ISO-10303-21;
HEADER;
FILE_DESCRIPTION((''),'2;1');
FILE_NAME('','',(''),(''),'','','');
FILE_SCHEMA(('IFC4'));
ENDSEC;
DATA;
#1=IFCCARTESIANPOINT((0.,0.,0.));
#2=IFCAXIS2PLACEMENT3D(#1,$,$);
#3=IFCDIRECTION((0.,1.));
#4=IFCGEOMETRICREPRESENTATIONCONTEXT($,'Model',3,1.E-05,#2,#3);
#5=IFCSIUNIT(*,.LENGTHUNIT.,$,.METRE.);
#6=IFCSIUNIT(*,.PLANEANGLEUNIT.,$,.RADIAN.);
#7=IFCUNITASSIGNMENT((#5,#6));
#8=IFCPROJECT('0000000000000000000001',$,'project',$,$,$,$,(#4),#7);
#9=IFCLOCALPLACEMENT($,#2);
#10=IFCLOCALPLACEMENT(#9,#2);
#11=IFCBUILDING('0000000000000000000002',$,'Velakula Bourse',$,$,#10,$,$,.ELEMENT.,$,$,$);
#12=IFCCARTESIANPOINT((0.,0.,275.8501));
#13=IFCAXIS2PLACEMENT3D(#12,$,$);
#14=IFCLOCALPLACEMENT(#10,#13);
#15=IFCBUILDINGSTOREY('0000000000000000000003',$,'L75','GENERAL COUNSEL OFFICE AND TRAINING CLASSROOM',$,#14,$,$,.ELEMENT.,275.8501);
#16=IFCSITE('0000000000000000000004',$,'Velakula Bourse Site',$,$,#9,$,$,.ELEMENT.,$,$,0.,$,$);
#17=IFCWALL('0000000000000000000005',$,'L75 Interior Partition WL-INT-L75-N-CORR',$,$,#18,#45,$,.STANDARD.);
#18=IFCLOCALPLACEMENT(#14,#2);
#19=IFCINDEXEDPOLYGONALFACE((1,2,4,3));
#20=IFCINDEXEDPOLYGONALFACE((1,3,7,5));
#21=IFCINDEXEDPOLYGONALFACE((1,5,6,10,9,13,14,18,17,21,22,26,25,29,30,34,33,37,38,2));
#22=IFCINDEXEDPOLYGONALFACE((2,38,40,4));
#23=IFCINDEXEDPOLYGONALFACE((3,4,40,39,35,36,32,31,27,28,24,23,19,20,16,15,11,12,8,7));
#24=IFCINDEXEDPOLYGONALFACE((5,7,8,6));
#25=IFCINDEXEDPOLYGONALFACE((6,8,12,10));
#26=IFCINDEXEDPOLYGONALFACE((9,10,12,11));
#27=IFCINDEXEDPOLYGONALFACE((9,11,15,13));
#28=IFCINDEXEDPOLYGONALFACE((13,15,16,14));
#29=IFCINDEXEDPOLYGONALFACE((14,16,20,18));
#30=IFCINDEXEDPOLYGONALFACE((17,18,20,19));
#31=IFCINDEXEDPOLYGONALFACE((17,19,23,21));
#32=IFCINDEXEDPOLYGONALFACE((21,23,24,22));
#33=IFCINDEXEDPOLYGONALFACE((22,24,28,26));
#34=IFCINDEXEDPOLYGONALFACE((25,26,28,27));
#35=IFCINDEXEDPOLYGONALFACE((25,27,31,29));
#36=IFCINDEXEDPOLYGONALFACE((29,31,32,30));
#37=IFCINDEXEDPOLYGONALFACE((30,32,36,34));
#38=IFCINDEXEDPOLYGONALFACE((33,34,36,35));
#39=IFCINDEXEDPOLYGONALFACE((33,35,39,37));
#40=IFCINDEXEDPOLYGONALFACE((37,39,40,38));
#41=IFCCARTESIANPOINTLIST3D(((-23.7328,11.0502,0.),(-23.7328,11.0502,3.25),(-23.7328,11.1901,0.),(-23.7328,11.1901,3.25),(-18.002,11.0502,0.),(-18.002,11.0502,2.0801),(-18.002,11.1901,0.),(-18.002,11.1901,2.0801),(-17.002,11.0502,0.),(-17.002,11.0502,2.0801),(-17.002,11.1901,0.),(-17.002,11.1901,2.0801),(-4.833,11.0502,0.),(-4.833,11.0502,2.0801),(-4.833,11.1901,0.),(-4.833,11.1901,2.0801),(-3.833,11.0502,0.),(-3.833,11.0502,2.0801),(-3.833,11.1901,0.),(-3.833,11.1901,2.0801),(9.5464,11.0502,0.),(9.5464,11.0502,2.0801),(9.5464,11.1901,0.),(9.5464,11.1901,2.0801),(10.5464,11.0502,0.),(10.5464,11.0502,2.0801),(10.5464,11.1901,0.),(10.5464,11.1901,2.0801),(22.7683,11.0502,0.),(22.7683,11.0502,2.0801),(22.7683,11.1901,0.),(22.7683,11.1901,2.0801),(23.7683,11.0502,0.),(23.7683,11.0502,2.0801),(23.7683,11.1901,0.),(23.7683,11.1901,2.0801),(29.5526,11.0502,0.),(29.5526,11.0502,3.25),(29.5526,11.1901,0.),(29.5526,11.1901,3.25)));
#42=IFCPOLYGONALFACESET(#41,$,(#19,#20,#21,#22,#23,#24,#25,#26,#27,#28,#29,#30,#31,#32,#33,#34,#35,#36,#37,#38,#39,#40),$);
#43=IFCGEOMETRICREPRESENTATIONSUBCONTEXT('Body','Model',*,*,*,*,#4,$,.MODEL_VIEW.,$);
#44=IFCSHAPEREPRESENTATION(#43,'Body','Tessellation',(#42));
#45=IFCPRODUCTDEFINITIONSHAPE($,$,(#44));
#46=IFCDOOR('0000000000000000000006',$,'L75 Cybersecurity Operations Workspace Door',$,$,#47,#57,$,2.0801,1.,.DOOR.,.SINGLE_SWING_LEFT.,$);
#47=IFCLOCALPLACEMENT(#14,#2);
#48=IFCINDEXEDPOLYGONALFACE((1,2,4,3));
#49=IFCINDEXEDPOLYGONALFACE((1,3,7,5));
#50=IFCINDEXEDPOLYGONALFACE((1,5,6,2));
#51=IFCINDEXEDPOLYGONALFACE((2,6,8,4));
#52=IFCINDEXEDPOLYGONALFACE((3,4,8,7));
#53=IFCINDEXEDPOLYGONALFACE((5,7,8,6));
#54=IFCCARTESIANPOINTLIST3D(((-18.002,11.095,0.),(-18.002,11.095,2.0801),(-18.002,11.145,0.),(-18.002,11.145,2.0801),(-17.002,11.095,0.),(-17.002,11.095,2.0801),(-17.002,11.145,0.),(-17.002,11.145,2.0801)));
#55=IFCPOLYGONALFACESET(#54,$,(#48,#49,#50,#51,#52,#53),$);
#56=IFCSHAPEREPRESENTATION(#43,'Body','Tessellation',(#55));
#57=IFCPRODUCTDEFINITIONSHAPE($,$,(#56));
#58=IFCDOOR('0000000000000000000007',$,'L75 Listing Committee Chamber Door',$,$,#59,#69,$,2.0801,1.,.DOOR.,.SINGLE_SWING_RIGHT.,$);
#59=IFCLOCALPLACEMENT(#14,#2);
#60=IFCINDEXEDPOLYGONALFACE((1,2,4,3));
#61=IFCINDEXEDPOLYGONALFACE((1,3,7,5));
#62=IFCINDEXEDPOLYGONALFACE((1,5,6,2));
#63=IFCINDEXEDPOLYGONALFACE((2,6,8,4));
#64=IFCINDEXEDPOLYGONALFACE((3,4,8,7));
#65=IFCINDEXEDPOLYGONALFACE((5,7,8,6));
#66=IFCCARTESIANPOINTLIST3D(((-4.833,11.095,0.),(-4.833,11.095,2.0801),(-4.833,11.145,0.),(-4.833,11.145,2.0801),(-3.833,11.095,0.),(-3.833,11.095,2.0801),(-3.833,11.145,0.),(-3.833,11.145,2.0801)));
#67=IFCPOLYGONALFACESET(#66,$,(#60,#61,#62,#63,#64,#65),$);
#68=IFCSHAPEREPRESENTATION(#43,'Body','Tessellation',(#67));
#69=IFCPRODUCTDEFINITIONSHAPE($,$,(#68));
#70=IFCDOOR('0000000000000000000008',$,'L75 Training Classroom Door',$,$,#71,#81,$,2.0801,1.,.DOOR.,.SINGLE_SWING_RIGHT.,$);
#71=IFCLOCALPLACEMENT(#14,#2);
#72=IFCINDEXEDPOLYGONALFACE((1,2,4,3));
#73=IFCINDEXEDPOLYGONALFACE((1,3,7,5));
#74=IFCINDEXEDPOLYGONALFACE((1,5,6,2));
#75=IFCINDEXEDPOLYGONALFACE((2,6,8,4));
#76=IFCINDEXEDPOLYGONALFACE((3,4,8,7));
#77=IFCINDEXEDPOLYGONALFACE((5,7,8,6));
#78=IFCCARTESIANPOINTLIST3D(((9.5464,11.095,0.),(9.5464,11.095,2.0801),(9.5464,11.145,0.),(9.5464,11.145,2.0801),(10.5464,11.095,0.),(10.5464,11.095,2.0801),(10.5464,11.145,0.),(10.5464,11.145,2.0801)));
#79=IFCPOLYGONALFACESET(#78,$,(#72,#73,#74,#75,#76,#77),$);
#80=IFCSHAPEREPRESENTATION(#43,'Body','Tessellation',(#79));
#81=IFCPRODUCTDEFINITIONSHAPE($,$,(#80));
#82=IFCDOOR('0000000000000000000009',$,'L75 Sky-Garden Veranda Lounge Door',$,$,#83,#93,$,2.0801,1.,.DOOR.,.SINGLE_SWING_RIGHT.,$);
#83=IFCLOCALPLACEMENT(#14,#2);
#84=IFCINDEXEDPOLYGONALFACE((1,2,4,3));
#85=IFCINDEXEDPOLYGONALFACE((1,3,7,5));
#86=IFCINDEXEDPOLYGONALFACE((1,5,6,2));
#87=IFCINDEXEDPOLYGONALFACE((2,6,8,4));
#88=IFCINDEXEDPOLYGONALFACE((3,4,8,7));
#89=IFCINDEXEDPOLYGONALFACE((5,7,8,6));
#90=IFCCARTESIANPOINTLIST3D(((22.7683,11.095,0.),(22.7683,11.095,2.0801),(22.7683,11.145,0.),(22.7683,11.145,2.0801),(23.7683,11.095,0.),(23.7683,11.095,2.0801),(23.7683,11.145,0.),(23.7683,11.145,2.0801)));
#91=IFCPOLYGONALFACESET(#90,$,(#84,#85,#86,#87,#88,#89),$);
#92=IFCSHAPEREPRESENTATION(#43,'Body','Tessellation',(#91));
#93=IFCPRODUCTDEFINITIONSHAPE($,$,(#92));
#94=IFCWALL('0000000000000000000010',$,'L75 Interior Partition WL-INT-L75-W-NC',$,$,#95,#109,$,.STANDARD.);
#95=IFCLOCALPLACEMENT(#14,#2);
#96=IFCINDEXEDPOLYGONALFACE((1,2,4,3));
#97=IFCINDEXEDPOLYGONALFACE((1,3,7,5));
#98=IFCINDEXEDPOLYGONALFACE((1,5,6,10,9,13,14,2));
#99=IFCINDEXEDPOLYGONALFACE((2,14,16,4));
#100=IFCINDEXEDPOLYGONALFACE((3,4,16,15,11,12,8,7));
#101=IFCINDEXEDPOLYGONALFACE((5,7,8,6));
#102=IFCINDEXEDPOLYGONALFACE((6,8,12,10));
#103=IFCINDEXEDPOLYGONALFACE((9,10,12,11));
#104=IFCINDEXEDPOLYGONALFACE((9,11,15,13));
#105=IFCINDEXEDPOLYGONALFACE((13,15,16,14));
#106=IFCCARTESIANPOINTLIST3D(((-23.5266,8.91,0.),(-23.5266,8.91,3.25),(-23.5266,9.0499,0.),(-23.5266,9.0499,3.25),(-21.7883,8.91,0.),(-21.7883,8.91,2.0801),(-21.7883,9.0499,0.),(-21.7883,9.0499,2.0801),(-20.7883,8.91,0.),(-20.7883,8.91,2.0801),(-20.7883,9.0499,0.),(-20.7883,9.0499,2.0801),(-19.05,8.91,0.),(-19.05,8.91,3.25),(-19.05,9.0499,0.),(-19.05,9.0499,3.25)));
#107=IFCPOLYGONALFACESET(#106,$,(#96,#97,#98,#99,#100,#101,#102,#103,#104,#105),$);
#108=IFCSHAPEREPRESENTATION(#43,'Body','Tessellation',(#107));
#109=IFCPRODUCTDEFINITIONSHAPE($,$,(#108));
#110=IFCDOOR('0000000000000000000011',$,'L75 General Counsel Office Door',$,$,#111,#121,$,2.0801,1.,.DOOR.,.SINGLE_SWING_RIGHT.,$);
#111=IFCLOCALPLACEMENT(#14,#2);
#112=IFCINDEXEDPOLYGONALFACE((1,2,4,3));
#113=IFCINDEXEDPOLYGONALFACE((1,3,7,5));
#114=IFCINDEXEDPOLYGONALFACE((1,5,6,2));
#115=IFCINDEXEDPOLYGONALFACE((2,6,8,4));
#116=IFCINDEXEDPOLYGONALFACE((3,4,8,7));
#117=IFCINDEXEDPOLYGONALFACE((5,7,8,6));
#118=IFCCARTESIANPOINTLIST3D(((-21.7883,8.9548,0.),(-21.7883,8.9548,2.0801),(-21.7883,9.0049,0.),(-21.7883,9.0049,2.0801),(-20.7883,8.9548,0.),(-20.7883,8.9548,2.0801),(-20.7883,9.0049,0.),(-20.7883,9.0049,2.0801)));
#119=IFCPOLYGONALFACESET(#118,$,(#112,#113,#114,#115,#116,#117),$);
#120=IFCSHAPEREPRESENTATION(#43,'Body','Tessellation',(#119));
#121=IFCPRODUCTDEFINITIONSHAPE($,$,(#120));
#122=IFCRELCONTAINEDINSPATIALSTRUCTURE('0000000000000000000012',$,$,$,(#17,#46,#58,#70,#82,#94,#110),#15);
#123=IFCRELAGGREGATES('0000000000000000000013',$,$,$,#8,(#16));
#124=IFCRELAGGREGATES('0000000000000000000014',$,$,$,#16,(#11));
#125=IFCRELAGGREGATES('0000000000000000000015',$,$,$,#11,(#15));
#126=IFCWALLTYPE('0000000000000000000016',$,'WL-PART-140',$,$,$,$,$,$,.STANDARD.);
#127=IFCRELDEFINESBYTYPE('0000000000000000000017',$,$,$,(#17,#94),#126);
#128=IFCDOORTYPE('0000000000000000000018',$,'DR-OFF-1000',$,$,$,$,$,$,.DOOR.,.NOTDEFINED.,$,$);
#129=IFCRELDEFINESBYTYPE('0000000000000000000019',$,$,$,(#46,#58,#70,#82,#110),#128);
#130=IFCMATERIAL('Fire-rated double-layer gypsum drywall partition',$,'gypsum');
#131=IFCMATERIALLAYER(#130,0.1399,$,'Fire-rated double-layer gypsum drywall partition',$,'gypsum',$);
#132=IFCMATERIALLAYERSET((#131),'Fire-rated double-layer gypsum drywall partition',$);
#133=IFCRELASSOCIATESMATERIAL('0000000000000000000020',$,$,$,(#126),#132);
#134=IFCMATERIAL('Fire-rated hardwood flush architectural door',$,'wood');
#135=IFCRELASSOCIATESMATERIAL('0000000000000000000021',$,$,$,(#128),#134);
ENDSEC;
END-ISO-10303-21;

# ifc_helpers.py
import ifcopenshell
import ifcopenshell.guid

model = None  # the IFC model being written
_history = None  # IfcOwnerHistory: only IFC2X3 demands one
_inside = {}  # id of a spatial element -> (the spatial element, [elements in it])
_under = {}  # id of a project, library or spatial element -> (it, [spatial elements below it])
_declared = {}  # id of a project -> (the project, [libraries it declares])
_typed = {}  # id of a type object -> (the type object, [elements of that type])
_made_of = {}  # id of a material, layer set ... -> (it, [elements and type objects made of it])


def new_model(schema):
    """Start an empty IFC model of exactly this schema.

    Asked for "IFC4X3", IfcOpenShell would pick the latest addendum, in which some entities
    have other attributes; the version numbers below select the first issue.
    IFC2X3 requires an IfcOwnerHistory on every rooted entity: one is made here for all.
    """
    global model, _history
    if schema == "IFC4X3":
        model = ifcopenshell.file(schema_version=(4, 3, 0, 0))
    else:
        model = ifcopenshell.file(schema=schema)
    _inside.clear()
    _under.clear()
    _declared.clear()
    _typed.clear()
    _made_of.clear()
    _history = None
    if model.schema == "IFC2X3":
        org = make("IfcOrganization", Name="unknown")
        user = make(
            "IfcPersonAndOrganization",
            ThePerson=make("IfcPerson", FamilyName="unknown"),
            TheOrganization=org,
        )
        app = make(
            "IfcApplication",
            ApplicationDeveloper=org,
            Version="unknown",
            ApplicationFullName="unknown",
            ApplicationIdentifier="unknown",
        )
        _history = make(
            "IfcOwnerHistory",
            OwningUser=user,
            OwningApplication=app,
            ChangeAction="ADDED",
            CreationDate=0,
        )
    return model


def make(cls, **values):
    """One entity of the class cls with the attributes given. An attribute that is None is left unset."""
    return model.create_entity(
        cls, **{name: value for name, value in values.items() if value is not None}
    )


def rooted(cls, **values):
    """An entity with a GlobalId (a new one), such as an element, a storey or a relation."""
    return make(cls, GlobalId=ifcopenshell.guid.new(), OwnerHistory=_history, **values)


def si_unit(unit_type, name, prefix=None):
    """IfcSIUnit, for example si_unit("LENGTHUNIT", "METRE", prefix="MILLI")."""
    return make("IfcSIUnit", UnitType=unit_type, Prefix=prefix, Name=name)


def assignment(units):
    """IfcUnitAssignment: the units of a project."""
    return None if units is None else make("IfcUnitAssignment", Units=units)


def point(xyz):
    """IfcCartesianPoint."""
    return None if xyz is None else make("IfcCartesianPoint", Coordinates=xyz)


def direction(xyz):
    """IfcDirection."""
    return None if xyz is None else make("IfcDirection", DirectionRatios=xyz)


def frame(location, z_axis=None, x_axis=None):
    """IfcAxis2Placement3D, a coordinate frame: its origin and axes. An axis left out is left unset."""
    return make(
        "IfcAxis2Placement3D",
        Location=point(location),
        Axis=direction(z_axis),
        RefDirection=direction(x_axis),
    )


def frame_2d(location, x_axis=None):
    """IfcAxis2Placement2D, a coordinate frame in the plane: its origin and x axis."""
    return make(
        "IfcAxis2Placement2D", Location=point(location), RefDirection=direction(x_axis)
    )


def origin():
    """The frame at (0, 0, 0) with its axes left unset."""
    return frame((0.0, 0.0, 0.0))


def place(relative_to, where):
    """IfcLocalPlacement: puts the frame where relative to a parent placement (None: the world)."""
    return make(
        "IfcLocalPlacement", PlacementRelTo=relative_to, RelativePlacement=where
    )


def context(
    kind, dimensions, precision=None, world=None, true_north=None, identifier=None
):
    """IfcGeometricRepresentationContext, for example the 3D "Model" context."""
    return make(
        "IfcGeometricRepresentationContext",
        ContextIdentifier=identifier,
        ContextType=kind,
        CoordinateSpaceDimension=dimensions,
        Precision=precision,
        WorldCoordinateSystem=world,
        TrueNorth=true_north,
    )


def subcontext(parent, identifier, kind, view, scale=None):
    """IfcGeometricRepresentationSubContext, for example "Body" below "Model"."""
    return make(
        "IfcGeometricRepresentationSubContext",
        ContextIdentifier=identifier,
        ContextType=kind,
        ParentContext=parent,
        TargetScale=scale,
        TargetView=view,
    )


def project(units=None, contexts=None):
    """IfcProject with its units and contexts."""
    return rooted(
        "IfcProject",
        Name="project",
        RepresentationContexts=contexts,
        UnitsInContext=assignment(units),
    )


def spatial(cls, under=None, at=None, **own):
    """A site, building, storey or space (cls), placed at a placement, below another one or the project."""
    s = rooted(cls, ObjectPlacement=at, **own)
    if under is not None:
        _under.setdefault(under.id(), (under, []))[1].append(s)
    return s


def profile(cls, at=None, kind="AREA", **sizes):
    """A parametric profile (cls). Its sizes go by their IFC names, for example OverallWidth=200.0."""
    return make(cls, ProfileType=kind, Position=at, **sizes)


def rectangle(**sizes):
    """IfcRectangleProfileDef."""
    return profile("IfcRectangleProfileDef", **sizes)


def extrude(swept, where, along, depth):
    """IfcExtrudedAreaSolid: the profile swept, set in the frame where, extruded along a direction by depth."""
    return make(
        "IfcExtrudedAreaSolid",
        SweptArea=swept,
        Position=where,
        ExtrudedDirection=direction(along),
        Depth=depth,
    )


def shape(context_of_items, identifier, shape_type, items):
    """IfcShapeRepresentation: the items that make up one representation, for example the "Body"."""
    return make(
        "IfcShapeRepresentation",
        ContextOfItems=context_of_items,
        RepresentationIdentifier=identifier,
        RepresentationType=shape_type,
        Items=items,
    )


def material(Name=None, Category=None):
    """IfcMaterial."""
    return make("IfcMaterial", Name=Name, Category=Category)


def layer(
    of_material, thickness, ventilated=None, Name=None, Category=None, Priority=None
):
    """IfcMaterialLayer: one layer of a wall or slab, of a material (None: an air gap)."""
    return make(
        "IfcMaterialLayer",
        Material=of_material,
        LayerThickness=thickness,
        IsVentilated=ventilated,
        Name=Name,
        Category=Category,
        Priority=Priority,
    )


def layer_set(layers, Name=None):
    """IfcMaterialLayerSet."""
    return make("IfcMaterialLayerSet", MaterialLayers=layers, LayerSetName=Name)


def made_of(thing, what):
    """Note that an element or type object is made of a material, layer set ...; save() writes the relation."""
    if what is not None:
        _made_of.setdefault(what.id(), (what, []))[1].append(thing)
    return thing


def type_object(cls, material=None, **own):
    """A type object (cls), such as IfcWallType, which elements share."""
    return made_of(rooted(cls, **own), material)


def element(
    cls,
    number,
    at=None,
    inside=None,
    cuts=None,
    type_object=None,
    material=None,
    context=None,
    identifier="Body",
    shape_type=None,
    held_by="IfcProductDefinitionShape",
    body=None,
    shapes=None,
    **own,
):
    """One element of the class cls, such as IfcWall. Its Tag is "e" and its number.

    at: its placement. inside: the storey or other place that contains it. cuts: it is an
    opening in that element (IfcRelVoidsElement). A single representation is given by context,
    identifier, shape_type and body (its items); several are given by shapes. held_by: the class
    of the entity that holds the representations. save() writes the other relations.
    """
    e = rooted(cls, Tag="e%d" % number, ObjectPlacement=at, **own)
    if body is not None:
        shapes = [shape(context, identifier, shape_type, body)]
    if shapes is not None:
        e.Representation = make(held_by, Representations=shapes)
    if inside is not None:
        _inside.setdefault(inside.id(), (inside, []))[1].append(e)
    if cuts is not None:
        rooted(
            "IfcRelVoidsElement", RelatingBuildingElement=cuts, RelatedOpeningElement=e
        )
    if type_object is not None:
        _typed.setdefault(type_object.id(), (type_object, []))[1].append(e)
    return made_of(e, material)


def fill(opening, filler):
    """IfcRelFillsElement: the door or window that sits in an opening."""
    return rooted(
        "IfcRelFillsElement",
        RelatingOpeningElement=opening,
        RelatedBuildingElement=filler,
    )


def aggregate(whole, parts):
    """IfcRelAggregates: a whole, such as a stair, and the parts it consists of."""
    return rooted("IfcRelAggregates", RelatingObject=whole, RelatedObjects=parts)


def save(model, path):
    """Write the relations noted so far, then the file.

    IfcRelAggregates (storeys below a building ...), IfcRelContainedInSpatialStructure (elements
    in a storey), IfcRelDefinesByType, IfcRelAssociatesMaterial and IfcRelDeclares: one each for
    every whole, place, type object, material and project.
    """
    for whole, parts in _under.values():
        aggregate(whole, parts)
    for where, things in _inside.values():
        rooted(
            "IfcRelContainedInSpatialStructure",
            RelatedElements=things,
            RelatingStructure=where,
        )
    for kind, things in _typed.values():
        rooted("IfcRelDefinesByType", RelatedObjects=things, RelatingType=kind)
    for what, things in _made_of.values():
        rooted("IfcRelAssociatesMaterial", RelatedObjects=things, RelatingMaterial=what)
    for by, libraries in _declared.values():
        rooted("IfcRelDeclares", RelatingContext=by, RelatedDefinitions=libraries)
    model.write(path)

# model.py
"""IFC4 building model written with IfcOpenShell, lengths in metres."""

from ifc_helpers import new_model, si_unit, direction, frame, frame_2d, origin, place, context, subcontext, project, spatial, rectangle, extrude, material, layer, layer_set, type_object, element, fill, save


model = new_model("IFC4")

# Units and contexts
model_context = context("Model", 3, precision=1e-05, world=origin(), true_north=direction((0.0, 1.0)))
body_context = subcontext(model_context, "Body", "Model", "MODEL_VIEW")
ifc_project = project(units=[si_unit("LENGTHUNIT", "METRE"), si_unit("PLANEANGLEUNIT", "RADIAN")], contexts=[model_context])

# Site, building, storey
site_placement = place(None, origin())
site = spatial("IfcSite", under=ifc_project, at=site_placement, Name="Velakula Bourse Site", CompositionType="ELEMENT", RefElevation=0.0)
building_placement = place(site_placement, origin())
building = spatial("IfcBuilding", under=site, at=building_placement, Name="Velakula Bourse", CompositionType="ELEMENT")
storey_placement = place(building_placement, frame((0.0, 0.0, 275.8501)))
storey = spatial("IfcBuildingStorey", under=building, at=storey_placement, Name="L75", Description="GENERAL COUNSEL OFFICE AND TRAINING CLASSROOM", CompositionType="ELEMENT", Elevation=275.8501)

# Shared definitions
ifc_material_1 = material(Name="Fire-rated hardwood flush architectural door", Category="wood")

# Wall, openings, doors
ifc_material_2 = material(Name="Fire-rated double-layer gypsum drywall partition", Category="gypsum")
ifc_layer_1 = layer(ifc_material_2, 0.1399, Name="Fire-rated double-layer gypsum drywall partition", Category="gypsum")
ifc_layer_set_1 = layer_set([ifc_layer_1], Name="Fire-rated double-layer gypsum drywall partition")
wall_type_1 = type_object("IfcWallType", Name="WL-PART-140", PredefinedType="STANDARD", material=ifc_layer_set_1)
wall_1_placement = place(storey_placement, frame((-23.7327, 11.1201, 0.0), z_axis=(0.0, 0.0, 1.0), x_axis=(1.0, 0.0, 0.0)))
wall_1 = element("IfcWall", 1, at=wall_1_placement, inside=storey, type_object=wall_type_1, Name="L75 Interior Partition WL-INT-L75-N-CORR", PredefinedType="STANDARD", context=body_context, shape_type="SweptSolid", body=[
    extrude(rectangle(XDim=53.2854, YDim=0.1399, at=frame_2d((26.6426, 0.0))), origin(), (0.0, 0.0, 1.0), 3.25),
])
opening_1_placement = place(wall_1_placement, frame((5.7307, 0.0, 0.0)))
opening_1 = element("IfcOpeningElement", 2, at=opening_1_placement, cuts=wall_1, PredefinedType="OPENING", context=body_context, shape_type="SweptSolid", body=[
    extrude(rectangle(XDim=1.0, YDim=2.0801, at=frame_2d((0.5, 1.04))), frame((0.0, 0.0798, 0.0), z_axis=(0.0, -1.0, 0.0), x_axis=(1.0, 0.0, 0.0)), (0.0, 0.0, 1.0), 0.1599),
])
opening_2_placement = place(wall_1_placement, frame((18.8997, 0.0, 0.0)))
opening_2 = element("IfcOpeningElement", 3, at=opening_2_placement, cuts=wall_1, PredefinedType="OPENING", context=body_context, shape_type="SweptSolid", body=[
    extrude(rectangle(XDim=1.0, YDim=2.0801, at=frame_2d((0.5, 1.04))), frame((0.0, 0.0798, 0.0), z_axis=(0.0, -1.0, 0.0), x_axis=(1.0, 0.0, 0.0)), (0.0, 0.0, 1.0), 0.1599),
])
opening_3_placement = place(wall_1_placement, frame((33.2791, 0.0, 0.0)))
opening_3 = element("IfcOpeningElement", 4, at=opening_3_placement, cuts=wall_1, PredefinedType="OPENING", context=body_context, shape_type="SweptSolid", body=[
    extrude(rectangle(XDim=1.0, YDim=2.0801, at=frame_2d((0.5, 1.04))), frame((0.0, 0.0798, 0.0), z_axis=(0.0, -1.0, 0.0), x_axis=(1.0, 0.0, 0.0)), (0.0, 0.0, 1.0), 0.1599),
])
opening_4_placement = place(wall_1_placement, frame((46.501, 0.0, 0.0)))
opening_4 = element("IfcOpeningElement", 5, at=opening_4_placement, cuts=wall_1, PredefinedType="OPENING", context=body_context, shape_type="SweptSolid", body=[
    extrude(rectangle(XDim=1.0, YDim=2.0801, at=frame_2d((0.5, 1.04))), frame((0.0, 0.0798, 0.0), z_axis=(0.0, -1.0, 0.0), x_axis=(1.0, 0.0, 0.0)), (0.0, 0.0, 1.0), 0.1599),
])
door_type_1 = type_object("IfcDoorType", Name="DR-OFF-1000", OperationType="NOTDEFINED", PredefinedType="DOOR", material=ifc_material_1)
door_1_placement = place(opening_1_placement, origin())
door_1 = element("IfcDoor", 6, at=door_1_placement, inside=storey, type_object=door_type_1, Name="L75 Cybersecurity Operations Workspace Door", OperationType="SINGLE_SWING_LEFT", OverallHeight=2.0801, OverallWidth=1.0, PredefinedType="DOOR", context=body_context, shape_type="SweptSolid", body=[
    extrude(rectangle(XDim=1.0, YDim=2.0801, at=frame_2d((0.5, 1.04))), frame((0.0, 0.0249, 0.0), z_axis=(0.0, -1.0, 0.0), x_axis=(1.0, 0.0, 0.0)), (0.0, 0.0, 1.0), 0.05),
])
fill(opening_1, door_1)
door_2_placement = place(opening_2_placement, origin())
door_2 = element("IfcDoor", 7, at=door_2_placement, inside=storey, type_object=door_type_1, Name="L75 Listing Committee Chamber Door", OperationType="SINGLE_SWING_RIGHT", OverallHeight=2.0801, OverallWidth=1.0, PredefinedType="DOOR", context=body_context, shape_type="SweptSolid", body=[
    extrude(rectangle(XDim=1.0, YDim=2.0801, at=frame_2d((0.5, 1.04))), frame((0.0, 0.0249, 0.0), z_axis=(0.0, -1.0, 0.0), x_axis=(1.0, 0.0, 0.0)), (0.0, 0.0, 1.0), 0.05),
])
fill(opening_2, door_2)
door_3_placement = place(opening_3_placement, origin())
door_3 = element("IfcDoor", 8, at=door_3_placement, inside=storey, type_object=door_type_1, Name="L75 Training Classroom Door", OperationType="SINGLE_SWING_RIGHT", OverallHeight=2.0801, OverallWidth=1.0, PredefinedType="DOOR", context=body_context, shape_type="SweptSolid", body=[
    extrude(rectangle(XDim=1.0, YDim=2.0801, at=frame_2d((0.5, 1.04))), frame((0.0, 0.0249, 0.0), z_axis=(0.0, -1.0, 0.0), x_axis=(1.0, 0.0, 0.0)), (0.0, 0.0, 1.0), 0.05),
])
fill(opening_3, door_3)
door_4_placement = place(opening_4_placement, origin())
door_4 = element("IfcDoor", 9, at=door_4_placement, inside=storey, type_object=door_type_1, Name="L75 Sky-Garden Veranda Lounge Door", OperationType="SINGLE_SWING_RIGHT", OverallHeight=2.0801, OverallWidth=1.0, PredefinedType="DOOR", context=body_context, shape_type="SweptSolid", body=[
    extrude(rectangle(XDim=1.0, YDim=2.0801, at=frame_2d((0.5, 1.04))), frame((0.0, 0.0249, 0.0), z_axis=(0.0, -1.0, 0.0), x_axis=(1.0, 0.0, 0.0)), (0.0, 0.0, 1.0), 0.05),
])
fill(opening_4, door_4)

# Wall, opening, door
wall_2_placement = place(storey_placement, frame((-23.5266, 8.98, 0.0), z_axis=(0.0, 0.0, 1.0), x_axis=(1.0, 0.0, 0.0)))
wall_2 = element("IfcWall", 10, at=wall_2_placement, inside=storey, type_object=wall_type_1, Name="L75 Interior Partition WL-INT-L75-W-NC", PredefinedType="STANDARD", context=body_context, shape_type="SweptSolid", body=[
    extrude(rectangle(XDim=4.4766, YDim=0.1399, at=frame_2d((2.2383, 0.0))), origin(), (0.0, 0.0, 1.0), 3.25),
])
opening_5_placement = place(wall_2_placement, frame((1.7383, 0.0, 0.0)))
opening_5 = element("IfcOpeningElement", 11, at=opening_5_placement, cuts=wall_2, PredefinedType="OPENING", context=body_context, shape_type="SweptSolid", body=[
    extrude(rectangle(XDim=1.0, YDim=2.0801, at=frame_2d((0.5, 1.04))), frame((0.0, 0.0798, 0.0), z_axis=(0.0, -1.0, 0.0), x_axis=(1.0, 0.0, 0.0)), (0.0, 0.0, 1.0), 0.1599),
])
door_5_placement = place(opening_5_placement, origin())
door_5 = element("IfcDoor", 12, at=door_5_placement, inside=storey, type_object=door_type_1, Name="L75 General Counsel Office Door", OperationType="SINGLE_SWING_RIGHT", OverallHeight=2.0801, OverallWidth=1.0, PredefinedType="DOOR", context=body_context, shape_type="SweptSolid", body=[
    extrude(rectangle(XDim=1.0, YDim=2.0801, at=frame_2d((0.5, 1.04))), frame((0.0, 0.0249, 0.0), z_axis=(0.0, -1.0, 0.0), x_axis=(1.0, 0.0, 0.0)), (0.0, 0.0, 1.0), 0.05),
])
fill(opening_5, door_5)

save(model, "model.ifc")
